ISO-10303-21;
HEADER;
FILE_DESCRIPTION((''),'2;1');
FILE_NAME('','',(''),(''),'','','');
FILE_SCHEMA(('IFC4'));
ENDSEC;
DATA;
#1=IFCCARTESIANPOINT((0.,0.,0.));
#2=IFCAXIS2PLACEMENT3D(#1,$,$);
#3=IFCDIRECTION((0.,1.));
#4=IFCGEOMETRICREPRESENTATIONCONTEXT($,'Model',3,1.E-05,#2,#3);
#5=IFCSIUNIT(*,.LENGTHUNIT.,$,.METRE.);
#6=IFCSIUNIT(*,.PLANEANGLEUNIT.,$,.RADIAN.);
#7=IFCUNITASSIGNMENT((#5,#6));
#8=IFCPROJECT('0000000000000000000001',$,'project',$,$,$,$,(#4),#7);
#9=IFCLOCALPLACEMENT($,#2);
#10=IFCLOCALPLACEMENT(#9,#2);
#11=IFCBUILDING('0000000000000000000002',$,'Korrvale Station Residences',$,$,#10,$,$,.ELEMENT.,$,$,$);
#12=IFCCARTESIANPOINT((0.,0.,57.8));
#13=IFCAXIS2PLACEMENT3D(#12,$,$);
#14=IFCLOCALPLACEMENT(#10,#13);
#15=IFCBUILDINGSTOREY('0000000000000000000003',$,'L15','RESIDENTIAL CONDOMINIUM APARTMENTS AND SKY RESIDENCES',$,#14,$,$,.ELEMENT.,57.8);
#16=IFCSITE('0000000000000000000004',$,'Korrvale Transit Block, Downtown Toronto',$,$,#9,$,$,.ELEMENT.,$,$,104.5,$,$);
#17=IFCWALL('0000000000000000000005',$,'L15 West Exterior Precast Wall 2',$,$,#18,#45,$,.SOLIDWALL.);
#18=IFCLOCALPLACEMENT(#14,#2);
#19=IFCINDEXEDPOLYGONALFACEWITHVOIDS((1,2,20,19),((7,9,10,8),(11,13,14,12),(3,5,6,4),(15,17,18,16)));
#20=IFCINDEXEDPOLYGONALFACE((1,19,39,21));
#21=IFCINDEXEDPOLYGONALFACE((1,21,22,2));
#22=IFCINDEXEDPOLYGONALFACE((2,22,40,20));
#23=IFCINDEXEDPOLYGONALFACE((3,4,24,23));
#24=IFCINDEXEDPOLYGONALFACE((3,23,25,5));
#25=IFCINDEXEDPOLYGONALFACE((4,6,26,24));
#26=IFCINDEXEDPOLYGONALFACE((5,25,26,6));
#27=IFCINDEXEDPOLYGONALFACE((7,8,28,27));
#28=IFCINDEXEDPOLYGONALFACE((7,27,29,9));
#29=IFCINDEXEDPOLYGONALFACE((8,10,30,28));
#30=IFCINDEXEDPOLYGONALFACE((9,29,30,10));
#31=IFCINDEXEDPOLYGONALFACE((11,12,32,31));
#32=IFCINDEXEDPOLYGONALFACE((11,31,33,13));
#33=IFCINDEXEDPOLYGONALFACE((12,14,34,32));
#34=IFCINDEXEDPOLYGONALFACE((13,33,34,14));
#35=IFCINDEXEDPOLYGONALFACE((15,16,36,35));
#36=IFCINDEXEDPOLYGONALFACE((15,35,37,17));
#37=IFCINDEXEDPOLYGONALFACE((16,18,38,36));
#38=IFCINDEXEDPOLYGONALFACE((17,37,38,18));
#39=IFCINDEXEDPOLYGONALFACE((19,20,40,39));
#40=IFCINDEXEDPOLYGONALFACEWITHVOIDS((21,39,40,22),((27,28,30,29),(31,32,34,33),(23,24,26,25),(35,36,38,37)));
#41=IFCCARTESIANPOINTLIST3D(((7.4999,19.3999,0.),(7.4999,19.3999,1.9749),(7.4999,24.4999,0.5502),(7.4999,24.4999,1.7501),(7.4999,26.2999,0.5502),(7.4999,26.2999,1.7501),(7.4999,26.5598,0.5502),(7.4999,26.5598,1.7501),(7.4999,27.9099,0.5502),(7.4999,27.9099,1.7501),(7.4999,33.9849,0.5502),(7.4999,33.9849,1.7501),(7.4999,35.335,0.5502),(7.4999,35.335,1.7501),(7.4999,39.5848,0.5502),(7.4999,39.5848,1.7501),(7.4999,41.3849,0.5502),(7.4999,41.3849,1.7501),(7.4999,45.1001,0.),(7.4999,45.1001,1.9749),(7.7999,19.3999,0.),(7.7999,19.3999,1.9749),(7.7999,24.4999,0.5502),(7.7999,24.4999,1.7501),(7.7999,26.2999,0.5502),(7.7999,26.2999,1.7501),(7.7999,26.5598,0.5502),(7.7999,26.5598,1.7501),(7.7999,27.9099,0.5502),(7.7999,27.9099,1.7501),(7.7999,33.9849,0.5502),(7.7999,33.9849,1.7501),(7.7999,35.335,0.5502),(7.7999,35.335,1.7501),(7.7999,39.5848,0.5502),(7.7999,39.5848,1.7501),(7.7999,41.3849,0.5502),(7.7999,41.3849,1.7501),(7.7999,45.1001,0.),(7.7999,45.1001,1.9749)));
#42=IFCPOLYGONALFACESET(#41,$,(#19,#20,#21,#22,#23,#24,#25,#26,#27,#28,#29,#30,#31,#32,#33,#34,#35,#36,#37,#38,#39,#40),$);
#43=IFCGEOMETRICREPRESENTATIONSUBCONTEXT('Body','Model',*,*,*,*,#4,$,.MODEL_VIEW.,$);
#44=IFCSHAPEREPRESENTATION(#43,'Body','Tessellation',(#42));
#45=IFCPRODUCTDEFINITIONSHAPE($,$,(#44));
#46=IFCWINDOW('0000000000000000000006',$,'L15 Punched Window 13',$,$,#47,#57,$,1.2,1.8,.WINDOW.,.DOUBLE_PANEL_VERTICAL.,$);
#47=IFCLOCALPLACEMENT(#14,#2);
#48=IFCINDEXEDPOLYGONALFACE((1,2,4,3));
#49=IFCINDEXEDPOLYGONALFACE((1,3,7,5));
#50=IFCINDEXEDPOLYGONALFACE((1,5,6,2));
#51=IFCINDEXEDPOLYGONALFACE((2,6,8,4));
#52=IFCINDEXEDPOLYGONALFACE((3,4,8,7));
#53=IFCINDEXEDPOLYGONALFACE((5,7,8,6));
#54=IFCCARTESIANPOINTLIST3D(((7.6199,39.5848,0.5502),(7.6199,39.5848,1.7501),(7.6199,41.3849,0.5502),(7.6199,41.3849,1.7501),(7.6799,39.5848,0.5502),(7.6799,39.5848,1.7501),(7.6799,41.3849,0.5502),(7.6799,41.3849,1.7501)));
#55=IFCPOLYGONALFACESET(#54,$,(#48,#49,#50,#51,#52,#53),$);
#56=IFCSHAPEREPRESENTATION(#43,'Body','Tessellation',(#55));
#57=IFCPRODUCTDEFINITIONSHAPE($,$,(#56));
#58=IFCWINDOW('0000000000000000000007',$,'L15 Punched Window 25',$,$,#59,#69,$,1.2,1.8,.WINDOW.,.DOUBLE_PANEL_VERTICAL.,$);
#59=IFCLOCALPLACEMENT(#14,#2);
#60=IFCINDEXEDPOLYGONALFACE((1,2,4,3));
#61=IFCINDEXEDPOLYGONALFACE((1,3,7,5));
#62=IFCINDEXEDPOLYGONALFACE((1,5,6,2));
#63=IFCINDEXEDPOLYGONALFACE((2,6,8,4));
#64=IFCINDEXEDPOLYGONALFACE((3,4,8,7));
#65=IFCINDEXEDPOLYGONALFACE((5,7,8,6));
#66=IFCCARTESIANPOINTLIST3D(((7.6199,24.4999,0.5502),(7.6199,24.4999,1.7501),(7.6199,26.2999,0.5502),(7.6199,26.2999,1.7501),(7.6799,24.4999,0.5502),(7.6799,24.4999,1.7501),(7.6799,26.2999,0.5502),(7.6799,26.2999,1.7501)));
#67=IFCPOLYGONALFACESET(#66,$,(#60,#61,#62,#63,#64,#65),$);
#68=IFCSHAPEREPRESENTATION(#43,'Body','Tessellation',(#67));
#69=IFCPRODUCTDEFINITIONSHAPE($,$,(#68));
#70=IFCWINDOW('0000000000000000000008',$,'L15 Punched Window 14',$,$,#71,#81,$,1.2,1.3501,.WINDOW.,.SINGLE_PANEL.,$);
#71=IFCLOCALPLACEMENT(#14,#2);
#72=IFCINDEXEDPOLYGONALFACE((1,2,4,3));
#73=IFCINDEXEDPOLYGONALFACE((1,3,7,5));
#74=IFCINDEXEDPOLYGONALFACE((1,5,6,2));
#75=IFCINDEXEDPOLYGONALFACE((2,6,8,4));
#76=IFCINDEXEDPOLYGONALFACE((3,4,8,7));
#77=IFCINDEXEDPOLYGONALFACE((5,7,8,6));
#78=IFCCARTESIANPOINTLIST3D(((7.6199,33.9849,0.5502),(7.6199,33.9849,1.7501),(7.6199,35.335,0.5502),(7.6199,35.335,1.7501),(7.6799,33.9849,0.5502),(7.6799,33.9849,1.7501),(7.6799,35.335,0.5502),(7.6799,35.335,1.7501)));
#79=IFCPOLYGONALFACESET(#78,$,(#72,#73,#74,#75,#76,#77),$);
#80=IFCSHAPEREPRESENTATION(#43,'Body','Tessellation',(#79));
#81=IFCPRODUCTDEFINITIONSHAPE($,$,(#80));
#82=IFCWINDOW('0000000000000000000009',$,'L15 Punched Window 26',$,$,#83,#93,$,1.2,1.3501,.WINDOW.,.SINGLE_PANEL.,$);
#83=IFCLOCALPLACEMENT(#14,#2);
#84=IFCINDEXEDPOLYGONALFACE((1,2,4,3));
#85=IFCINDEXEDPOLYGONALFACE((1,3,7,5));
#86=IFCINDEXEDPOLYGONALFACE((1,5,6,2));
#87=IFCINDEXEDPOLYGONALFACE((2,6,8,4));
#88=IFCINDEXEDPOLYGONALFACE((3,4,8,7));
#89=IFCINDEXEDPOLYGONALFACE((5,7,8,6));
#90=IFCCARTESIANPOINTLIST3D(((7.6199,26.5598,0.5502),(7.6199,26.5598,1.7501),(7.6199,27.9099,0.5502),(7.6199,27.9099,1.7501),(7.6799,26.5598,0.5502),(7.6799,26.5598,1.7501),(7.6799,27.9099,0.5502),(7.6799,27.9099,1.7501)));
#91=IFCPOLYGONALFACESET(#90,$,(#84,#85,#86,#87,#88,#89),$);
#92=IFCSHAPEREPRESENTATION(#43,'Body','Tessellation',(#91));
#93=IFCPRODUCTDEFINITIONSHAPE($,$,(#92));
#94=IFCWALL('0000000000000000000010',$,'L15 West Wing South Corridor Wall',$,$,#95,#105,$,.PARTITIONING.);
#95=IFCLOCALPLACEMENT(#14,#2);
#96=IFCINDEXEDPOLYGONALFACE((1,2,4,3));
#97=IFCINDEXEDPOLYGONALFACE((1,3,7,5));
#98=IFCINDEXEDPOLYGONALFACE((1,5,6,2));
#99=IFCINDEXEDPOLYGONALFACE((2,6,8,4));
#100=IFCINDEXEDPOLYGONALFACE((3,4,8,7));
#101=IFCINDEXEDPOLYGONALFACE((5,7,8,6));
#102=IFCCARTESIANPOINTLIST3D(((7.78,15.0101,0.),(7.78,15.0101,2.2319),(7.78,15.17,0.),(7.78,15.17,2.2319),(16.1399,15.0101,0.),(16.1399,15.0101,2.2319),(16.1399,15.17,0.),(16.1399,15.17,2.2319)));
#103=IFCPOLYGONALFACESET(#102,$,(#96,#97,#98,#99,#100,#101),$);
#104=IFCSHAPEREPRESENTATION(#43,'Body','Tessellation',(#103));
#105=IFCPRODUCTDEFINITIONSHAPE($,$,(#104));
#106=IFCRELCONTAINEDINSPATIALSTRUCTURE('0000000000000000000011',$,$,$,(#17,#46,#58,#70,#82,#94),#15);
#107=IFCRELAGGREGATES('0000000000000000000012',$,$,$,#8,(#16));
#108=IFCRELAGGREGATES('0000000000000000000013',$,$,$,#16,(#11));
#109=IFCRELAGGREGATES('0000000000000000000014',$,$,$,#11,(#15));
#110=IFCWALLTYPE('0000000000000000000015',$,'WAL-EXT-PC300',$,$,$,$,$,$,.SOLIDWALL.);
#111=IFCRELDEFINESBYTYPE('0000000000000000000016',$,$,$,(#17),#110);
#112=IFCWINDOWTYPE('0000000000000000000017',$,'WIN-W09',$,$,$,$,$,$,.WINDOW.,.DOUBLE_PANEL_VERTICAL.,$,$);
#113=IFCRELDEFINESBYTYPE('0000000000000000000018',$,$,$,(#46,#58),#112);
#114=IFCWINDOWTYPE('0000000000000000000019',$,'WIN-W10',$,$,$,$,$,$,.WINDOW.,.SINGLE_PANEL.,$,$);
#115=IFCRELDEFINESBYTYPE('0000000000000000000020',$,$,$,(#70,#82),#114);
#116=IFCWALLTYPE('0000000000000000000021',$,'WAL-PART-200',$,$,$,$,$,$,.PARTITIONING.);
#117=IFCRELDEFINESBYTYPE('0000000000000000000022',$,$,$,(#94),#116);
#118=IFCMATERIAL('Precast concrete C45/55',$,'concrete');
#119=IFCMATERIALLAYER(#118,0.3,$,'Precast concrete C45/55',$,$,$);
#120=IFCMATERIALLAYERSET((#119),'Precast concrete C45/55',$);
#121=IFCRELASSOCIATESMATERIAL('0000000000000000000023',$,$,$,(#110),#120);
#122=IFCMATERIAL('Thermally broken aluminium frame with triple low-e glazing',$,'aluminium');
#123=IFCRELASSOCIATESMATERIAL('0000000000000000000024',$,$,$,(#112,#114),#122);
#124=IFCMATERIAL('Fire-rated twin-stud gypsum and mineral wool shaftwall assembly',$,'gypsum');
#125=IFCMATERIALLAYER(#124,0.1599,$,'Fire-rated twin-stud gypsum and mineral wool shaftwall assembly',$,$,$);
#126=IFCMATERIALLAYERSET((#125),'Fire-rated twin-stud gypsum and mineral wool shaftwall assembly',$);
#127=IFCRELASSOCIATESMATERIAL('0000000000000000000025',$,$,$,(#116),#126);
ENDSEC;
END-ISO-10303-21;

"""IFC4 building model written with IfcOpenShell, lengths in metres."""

from ifc_helpers import new_model, si_unit, direction, frame, frame_2d, origin, place, context, subcontext, project, spatial, rectangle, extrude, material, layer, layer_set, type_object, element, fill, save


model = new_model("IFC4")

# Units and contexts
model_context = context("Model", 3, precision=1e-05, world=origin(), true_north=direction((0.0, 1.0)))
body_context = subcontext(model_context, "Body", "Model", "MODEL_VIEW")
ifc_project = project(units=[si_unit("LENGTHUNIT", "METRE"), si_unit("PLANEANGLEUNIT", "RADIAN")], contexts=[model_context])

# Site, building, storey
site_placement = place(None, origin())
site = spatial("IfcSite", under=ifc_project, at=site_placement, Name="Korrvale Transit Block, Downtown Toronto", CompositionType="ELEMENT", RefElevation=104.5)
building_placement = place(site_placement, origin())
building = spatial("IfcBuilding", under=site, at=building_placement, Name="Korrvale Station Residences", CompositionType="ELEMENT")
storey_placement = place(building_placement, frame((0.0, 0.0, 57.8)))
storey = spatial("IfcBuildingStorey", under=building, at=storey_placement, Name="L15", Description="RESIDENTIAL CONDOMINIUM APARTMENTS AND SKY RESIDENCES", CompositionType="ELEMENT", Elevation=57.8)

# Shared definitions
ifc_material_1 = material(Name="Precast concrete C45/55", Category="concrete")

# Shared definitions
ifc_material_2 = material(Name="Thermally broken aluminium frame with triple low-e glazing", Category="aluminium")

# Wall, openings, windows
ifc_layer_1 = layer(ifc_material_1, 0.3, Name="Precast concrete C45/55")
ifc_layer_set_1 = layer_set([ifc_layer_1], Name="Precast concrete C45/55")
wall_type_1 = type_object("IfcWallType", Name="WAL-EXT-PC300", PredefinedType="SOLIDWALL", material=ifc_layer_set_1)
wall_1_placement = place(storey_placement, frame((7.6499, 19.3999, 0.0), z_axis=(0.0, 0.0, 1.0), x_axis=(0.0, 1.0, 0.0)))
wall_1 = element("IfcWall", 1, at=wall_1_placement, inside=storey, type_object=wall_type_1, Name="L15 West Exterior Precast Wall 2", PredefinedType="SOLIDWALL", context=body_context, shape_type="SweptSolid", body=[
    extrude(rectangle(XDim=25.7002, YDim=0.3, at=frame_2d((12.8501, 0.0))), origin(), (0.0, 0.0, 1.0), 1.9749),
])
opening_1_placement = place(wall_1_placement, frame((20.1851, 0.0, 0.55)))
opening_1 = element("IfcOpeningElement", 2, at=opening_1_placement, cuts=wall_1, PredefinedType="OPENING", context=body_context, shape_type="SweptSolid", body=[
    extrude(rectangle(XDim=1.8, YDim=1.2, at=frame_2d((0.8999, 0.6001))), frame((0.0, 0.1602, 0.0), z_axis=(0.0, -1.0, 0.0), x_axis=(1.0, 0.0, 0.0)), (0.0, 0.0, 1.0), 0.3201),
])
opening_2_placement = place(wall_1_placement, frame((14.585, 0.0, 0.55)))
opening_2 = element("IfcOpeningElement", 3, at=opening_2_placement, cuts=wall_1, PredefinedType="OPENING", context=body_context, shape_type="SweptSolid", body=[
    extrude(rectangle(XDim=1.3501, YDim=1.2, at=frame_2d((0.675, 0.6001))), frame((0.0, 0.1602, 0.0), z_axis=(0.0, -1.0, 0.0), x_axis=(1.0, 0.0, 0.0)), (0.0, 0.0, 1.0), 0.3201),
])
opening_3_placement = place(wall_1_placement, frame((5.1001, 0.0, 0.55)))
opening_3 = element("IfcOpeningElement", 4, at=opening_3_placement, cuts=wall_1, PredefinedType="OPENING", context=body_context, shape_type="SweptSolid", body=[
    extrude(rectangle(XDim=1.8, YDim=1.2, at=frame_2d((0.8999, 0.6001))), frame((0.0, 0.1602, 0.0), z_axis=(0.0, -1.0, 0.0), x_axis=(1.0, 0.0, 0.0)), (0.0, 0.0, 1.0), 0.3201),
])
opening_4_placement = place(wall_1_placement, frame((7.1599, 0.0, 0.55)))
opening_4 = element("IfcOpeningElement", 5, at=opening_4_placement, cuts=wall_1, PredefinedType="OPENING", context=body_context, shape_type="SweptSolid", body=[
    extrude(rectangle(XDim=1.3501, YDim=1.2, at=frame_2d((0.675, 0.6001))), frame((0.0, 0.1602, 0.0), z_axis=(0.0, -1.0, 0.0), x_axis=(1.0, 0.0, 0.0)), (0.0, 0.0, 1.0), 0.3201),
])
window_type_1 = type_object("IfcWindowType", Name="WIN-W09", PartitioningType="DOUBLE_PANEL_VERTICAL", PredefinedType="WINDOW", material=ifc_material_2)
window_1_placement = place(opening_1_placement, origin())
window_1 = element("IfcWindow", 6, at=window_1_placement, inside=storey, type_object=window_type_1, Name="L15 Punched Window 13", OverallHeight=1.2, OverallWidth=1.8, PartitioningType="DOUBLE_PANEL_VERTICAL", PredefinedType="WINDOW", context=body_context, shape_type="SweptSolid", body=[
    extrude(rectangle(XDim=1.8, YDim=1.2, at=frame_2d((0.8999, 0.6001))), frame((0.0, 0.03, 0.0), z_axis=(0.0, -1.0, 0.0), x_axis=(1.0, 0.0, 0.0)), (0.0, 0.0, 1.0), 0.0601),
])
fill(opening_1, window_1)
window_2_placement = place(opening_3_placement, origin())
window_2 = element("IfcWindow", 7, at=window_2_placement, inside=storey, type_object=window_type_1, Name="L15 Punched Window 25", OverallHeight=1.2, OverallWidth=1.8, PartitioningType="DOUBLE_PANEL_VERTICAL", PredefinedType="WINDOW", context=body_context, shape_type="SweptSolid", body=[
    extrude(rectangle(XDim=1.8, YDim=1.2, at=frame_2d((0.8999, 0.6001))), frame((0.0, 0.03, 0.0), z_axis=(0.0, -1.0, 0.0), x_axis=(1.0, 0.0, 0.0)), (0.0, 0.0, 1.0), 0.0601),
])
fill(opening_3, window_2)
window_type_2 = type_object("IfcWindowType", Name="WIN-W10", PartitioningType="SINGLE_PANEL", PredefinedType="WINDOW", material=ifc_material_2)
window_3_placement = place(opening_2_placement, origin())
window_3 = element("IfcWindow", 8, at=window_3_placement, inside=storey, type_object=window_type_2, Name="L15 Punched Window 14", OverallHeight=1.2, OverallWidth=1.3501, PartitioningType="SINGLE_PANEL", PredefinedType="WINDOW", context=body_context, shape_type="SweptSolid", body=[
    extrude(rectangle(XDim=1.3501, YDim=1.2, at=frame_2d((0.675, 0.6001))), frame((0.0, 0.03, 0.0), z_axis=(0.0, -1.0, 0.0), x_axis=(1.0, 0.0, 0.0)), (0.0, 0.0, 1.0), 0.0601),
])
fill(opening_2, window_3)
window_4_placement = place(opening_4_placement, origin())
window_4 = element("IfcWindow", 9, at=window_4_placement, inside=storey, type_object=window_type_2, Name="L15 Punched Window 26", OverallHeight=1.2, OverallWidth=1.3501, PartitioningType="SINGLE_PANEL", PredefinedType="WINDOW", context=body_context, shape_type="SweptSolid", body=[
    extrude(rectangle(XDim=1.3501, YDim=1.2, at=frame_2d((0.675, 0.6001))), frame((0.0, 0.03, 0.0), z_axis=(0.0, -1.0, 0.0), x_axis=(1.0, 0.0, 0.0)), (0.0, 0.0, 1.0), 0.0601),
])
fill(opening_4, window_4)

# Wall
ifc_material_3 = material(Name="Fire-rated twin-stud gypsum and mineral wool shaftwall assembly", Category="gypsum")
ifc_layer_2 = layer(ifc_material_3, 0.1599, Name="Fire-rated twin-stud gypsum and mineral wool shaftwall assembly")
ifc_layer_set_2 = layer_set([ifc_layer_2], Name="Fire-rated twin-stud gypsum and mineral wool shaftwall assembly")
wall_type_2 = type_object("IfcWallType", Name="WAL-PART-200", PredefinedType="PARTITIONING", material=ifc_layer_set_2)
wall_2_placement = place(storey_placement, frame((7.78, 15.0901, 0.0), z_axis=(0.0, 0.0, 1.0), x_axis=(1.0, 0.0, 0.0)))
element("IfcWall", 10, at=wall_2_placement, inside=storey, type_object=wall_type_2, Name="L15 West Wing South Corridor Wall", PredefinedType="PARTITIONING", context=body_context, shape_type="SweptSolid", body=[
    extrude(rectangle(XDim=8.3599, YDim=0.1599, at=frame_2d((4.1799, 0.0))), origin(), (0.0, 0.0, 1.0), 2.2319),
])

save(model, "model.ifc")
